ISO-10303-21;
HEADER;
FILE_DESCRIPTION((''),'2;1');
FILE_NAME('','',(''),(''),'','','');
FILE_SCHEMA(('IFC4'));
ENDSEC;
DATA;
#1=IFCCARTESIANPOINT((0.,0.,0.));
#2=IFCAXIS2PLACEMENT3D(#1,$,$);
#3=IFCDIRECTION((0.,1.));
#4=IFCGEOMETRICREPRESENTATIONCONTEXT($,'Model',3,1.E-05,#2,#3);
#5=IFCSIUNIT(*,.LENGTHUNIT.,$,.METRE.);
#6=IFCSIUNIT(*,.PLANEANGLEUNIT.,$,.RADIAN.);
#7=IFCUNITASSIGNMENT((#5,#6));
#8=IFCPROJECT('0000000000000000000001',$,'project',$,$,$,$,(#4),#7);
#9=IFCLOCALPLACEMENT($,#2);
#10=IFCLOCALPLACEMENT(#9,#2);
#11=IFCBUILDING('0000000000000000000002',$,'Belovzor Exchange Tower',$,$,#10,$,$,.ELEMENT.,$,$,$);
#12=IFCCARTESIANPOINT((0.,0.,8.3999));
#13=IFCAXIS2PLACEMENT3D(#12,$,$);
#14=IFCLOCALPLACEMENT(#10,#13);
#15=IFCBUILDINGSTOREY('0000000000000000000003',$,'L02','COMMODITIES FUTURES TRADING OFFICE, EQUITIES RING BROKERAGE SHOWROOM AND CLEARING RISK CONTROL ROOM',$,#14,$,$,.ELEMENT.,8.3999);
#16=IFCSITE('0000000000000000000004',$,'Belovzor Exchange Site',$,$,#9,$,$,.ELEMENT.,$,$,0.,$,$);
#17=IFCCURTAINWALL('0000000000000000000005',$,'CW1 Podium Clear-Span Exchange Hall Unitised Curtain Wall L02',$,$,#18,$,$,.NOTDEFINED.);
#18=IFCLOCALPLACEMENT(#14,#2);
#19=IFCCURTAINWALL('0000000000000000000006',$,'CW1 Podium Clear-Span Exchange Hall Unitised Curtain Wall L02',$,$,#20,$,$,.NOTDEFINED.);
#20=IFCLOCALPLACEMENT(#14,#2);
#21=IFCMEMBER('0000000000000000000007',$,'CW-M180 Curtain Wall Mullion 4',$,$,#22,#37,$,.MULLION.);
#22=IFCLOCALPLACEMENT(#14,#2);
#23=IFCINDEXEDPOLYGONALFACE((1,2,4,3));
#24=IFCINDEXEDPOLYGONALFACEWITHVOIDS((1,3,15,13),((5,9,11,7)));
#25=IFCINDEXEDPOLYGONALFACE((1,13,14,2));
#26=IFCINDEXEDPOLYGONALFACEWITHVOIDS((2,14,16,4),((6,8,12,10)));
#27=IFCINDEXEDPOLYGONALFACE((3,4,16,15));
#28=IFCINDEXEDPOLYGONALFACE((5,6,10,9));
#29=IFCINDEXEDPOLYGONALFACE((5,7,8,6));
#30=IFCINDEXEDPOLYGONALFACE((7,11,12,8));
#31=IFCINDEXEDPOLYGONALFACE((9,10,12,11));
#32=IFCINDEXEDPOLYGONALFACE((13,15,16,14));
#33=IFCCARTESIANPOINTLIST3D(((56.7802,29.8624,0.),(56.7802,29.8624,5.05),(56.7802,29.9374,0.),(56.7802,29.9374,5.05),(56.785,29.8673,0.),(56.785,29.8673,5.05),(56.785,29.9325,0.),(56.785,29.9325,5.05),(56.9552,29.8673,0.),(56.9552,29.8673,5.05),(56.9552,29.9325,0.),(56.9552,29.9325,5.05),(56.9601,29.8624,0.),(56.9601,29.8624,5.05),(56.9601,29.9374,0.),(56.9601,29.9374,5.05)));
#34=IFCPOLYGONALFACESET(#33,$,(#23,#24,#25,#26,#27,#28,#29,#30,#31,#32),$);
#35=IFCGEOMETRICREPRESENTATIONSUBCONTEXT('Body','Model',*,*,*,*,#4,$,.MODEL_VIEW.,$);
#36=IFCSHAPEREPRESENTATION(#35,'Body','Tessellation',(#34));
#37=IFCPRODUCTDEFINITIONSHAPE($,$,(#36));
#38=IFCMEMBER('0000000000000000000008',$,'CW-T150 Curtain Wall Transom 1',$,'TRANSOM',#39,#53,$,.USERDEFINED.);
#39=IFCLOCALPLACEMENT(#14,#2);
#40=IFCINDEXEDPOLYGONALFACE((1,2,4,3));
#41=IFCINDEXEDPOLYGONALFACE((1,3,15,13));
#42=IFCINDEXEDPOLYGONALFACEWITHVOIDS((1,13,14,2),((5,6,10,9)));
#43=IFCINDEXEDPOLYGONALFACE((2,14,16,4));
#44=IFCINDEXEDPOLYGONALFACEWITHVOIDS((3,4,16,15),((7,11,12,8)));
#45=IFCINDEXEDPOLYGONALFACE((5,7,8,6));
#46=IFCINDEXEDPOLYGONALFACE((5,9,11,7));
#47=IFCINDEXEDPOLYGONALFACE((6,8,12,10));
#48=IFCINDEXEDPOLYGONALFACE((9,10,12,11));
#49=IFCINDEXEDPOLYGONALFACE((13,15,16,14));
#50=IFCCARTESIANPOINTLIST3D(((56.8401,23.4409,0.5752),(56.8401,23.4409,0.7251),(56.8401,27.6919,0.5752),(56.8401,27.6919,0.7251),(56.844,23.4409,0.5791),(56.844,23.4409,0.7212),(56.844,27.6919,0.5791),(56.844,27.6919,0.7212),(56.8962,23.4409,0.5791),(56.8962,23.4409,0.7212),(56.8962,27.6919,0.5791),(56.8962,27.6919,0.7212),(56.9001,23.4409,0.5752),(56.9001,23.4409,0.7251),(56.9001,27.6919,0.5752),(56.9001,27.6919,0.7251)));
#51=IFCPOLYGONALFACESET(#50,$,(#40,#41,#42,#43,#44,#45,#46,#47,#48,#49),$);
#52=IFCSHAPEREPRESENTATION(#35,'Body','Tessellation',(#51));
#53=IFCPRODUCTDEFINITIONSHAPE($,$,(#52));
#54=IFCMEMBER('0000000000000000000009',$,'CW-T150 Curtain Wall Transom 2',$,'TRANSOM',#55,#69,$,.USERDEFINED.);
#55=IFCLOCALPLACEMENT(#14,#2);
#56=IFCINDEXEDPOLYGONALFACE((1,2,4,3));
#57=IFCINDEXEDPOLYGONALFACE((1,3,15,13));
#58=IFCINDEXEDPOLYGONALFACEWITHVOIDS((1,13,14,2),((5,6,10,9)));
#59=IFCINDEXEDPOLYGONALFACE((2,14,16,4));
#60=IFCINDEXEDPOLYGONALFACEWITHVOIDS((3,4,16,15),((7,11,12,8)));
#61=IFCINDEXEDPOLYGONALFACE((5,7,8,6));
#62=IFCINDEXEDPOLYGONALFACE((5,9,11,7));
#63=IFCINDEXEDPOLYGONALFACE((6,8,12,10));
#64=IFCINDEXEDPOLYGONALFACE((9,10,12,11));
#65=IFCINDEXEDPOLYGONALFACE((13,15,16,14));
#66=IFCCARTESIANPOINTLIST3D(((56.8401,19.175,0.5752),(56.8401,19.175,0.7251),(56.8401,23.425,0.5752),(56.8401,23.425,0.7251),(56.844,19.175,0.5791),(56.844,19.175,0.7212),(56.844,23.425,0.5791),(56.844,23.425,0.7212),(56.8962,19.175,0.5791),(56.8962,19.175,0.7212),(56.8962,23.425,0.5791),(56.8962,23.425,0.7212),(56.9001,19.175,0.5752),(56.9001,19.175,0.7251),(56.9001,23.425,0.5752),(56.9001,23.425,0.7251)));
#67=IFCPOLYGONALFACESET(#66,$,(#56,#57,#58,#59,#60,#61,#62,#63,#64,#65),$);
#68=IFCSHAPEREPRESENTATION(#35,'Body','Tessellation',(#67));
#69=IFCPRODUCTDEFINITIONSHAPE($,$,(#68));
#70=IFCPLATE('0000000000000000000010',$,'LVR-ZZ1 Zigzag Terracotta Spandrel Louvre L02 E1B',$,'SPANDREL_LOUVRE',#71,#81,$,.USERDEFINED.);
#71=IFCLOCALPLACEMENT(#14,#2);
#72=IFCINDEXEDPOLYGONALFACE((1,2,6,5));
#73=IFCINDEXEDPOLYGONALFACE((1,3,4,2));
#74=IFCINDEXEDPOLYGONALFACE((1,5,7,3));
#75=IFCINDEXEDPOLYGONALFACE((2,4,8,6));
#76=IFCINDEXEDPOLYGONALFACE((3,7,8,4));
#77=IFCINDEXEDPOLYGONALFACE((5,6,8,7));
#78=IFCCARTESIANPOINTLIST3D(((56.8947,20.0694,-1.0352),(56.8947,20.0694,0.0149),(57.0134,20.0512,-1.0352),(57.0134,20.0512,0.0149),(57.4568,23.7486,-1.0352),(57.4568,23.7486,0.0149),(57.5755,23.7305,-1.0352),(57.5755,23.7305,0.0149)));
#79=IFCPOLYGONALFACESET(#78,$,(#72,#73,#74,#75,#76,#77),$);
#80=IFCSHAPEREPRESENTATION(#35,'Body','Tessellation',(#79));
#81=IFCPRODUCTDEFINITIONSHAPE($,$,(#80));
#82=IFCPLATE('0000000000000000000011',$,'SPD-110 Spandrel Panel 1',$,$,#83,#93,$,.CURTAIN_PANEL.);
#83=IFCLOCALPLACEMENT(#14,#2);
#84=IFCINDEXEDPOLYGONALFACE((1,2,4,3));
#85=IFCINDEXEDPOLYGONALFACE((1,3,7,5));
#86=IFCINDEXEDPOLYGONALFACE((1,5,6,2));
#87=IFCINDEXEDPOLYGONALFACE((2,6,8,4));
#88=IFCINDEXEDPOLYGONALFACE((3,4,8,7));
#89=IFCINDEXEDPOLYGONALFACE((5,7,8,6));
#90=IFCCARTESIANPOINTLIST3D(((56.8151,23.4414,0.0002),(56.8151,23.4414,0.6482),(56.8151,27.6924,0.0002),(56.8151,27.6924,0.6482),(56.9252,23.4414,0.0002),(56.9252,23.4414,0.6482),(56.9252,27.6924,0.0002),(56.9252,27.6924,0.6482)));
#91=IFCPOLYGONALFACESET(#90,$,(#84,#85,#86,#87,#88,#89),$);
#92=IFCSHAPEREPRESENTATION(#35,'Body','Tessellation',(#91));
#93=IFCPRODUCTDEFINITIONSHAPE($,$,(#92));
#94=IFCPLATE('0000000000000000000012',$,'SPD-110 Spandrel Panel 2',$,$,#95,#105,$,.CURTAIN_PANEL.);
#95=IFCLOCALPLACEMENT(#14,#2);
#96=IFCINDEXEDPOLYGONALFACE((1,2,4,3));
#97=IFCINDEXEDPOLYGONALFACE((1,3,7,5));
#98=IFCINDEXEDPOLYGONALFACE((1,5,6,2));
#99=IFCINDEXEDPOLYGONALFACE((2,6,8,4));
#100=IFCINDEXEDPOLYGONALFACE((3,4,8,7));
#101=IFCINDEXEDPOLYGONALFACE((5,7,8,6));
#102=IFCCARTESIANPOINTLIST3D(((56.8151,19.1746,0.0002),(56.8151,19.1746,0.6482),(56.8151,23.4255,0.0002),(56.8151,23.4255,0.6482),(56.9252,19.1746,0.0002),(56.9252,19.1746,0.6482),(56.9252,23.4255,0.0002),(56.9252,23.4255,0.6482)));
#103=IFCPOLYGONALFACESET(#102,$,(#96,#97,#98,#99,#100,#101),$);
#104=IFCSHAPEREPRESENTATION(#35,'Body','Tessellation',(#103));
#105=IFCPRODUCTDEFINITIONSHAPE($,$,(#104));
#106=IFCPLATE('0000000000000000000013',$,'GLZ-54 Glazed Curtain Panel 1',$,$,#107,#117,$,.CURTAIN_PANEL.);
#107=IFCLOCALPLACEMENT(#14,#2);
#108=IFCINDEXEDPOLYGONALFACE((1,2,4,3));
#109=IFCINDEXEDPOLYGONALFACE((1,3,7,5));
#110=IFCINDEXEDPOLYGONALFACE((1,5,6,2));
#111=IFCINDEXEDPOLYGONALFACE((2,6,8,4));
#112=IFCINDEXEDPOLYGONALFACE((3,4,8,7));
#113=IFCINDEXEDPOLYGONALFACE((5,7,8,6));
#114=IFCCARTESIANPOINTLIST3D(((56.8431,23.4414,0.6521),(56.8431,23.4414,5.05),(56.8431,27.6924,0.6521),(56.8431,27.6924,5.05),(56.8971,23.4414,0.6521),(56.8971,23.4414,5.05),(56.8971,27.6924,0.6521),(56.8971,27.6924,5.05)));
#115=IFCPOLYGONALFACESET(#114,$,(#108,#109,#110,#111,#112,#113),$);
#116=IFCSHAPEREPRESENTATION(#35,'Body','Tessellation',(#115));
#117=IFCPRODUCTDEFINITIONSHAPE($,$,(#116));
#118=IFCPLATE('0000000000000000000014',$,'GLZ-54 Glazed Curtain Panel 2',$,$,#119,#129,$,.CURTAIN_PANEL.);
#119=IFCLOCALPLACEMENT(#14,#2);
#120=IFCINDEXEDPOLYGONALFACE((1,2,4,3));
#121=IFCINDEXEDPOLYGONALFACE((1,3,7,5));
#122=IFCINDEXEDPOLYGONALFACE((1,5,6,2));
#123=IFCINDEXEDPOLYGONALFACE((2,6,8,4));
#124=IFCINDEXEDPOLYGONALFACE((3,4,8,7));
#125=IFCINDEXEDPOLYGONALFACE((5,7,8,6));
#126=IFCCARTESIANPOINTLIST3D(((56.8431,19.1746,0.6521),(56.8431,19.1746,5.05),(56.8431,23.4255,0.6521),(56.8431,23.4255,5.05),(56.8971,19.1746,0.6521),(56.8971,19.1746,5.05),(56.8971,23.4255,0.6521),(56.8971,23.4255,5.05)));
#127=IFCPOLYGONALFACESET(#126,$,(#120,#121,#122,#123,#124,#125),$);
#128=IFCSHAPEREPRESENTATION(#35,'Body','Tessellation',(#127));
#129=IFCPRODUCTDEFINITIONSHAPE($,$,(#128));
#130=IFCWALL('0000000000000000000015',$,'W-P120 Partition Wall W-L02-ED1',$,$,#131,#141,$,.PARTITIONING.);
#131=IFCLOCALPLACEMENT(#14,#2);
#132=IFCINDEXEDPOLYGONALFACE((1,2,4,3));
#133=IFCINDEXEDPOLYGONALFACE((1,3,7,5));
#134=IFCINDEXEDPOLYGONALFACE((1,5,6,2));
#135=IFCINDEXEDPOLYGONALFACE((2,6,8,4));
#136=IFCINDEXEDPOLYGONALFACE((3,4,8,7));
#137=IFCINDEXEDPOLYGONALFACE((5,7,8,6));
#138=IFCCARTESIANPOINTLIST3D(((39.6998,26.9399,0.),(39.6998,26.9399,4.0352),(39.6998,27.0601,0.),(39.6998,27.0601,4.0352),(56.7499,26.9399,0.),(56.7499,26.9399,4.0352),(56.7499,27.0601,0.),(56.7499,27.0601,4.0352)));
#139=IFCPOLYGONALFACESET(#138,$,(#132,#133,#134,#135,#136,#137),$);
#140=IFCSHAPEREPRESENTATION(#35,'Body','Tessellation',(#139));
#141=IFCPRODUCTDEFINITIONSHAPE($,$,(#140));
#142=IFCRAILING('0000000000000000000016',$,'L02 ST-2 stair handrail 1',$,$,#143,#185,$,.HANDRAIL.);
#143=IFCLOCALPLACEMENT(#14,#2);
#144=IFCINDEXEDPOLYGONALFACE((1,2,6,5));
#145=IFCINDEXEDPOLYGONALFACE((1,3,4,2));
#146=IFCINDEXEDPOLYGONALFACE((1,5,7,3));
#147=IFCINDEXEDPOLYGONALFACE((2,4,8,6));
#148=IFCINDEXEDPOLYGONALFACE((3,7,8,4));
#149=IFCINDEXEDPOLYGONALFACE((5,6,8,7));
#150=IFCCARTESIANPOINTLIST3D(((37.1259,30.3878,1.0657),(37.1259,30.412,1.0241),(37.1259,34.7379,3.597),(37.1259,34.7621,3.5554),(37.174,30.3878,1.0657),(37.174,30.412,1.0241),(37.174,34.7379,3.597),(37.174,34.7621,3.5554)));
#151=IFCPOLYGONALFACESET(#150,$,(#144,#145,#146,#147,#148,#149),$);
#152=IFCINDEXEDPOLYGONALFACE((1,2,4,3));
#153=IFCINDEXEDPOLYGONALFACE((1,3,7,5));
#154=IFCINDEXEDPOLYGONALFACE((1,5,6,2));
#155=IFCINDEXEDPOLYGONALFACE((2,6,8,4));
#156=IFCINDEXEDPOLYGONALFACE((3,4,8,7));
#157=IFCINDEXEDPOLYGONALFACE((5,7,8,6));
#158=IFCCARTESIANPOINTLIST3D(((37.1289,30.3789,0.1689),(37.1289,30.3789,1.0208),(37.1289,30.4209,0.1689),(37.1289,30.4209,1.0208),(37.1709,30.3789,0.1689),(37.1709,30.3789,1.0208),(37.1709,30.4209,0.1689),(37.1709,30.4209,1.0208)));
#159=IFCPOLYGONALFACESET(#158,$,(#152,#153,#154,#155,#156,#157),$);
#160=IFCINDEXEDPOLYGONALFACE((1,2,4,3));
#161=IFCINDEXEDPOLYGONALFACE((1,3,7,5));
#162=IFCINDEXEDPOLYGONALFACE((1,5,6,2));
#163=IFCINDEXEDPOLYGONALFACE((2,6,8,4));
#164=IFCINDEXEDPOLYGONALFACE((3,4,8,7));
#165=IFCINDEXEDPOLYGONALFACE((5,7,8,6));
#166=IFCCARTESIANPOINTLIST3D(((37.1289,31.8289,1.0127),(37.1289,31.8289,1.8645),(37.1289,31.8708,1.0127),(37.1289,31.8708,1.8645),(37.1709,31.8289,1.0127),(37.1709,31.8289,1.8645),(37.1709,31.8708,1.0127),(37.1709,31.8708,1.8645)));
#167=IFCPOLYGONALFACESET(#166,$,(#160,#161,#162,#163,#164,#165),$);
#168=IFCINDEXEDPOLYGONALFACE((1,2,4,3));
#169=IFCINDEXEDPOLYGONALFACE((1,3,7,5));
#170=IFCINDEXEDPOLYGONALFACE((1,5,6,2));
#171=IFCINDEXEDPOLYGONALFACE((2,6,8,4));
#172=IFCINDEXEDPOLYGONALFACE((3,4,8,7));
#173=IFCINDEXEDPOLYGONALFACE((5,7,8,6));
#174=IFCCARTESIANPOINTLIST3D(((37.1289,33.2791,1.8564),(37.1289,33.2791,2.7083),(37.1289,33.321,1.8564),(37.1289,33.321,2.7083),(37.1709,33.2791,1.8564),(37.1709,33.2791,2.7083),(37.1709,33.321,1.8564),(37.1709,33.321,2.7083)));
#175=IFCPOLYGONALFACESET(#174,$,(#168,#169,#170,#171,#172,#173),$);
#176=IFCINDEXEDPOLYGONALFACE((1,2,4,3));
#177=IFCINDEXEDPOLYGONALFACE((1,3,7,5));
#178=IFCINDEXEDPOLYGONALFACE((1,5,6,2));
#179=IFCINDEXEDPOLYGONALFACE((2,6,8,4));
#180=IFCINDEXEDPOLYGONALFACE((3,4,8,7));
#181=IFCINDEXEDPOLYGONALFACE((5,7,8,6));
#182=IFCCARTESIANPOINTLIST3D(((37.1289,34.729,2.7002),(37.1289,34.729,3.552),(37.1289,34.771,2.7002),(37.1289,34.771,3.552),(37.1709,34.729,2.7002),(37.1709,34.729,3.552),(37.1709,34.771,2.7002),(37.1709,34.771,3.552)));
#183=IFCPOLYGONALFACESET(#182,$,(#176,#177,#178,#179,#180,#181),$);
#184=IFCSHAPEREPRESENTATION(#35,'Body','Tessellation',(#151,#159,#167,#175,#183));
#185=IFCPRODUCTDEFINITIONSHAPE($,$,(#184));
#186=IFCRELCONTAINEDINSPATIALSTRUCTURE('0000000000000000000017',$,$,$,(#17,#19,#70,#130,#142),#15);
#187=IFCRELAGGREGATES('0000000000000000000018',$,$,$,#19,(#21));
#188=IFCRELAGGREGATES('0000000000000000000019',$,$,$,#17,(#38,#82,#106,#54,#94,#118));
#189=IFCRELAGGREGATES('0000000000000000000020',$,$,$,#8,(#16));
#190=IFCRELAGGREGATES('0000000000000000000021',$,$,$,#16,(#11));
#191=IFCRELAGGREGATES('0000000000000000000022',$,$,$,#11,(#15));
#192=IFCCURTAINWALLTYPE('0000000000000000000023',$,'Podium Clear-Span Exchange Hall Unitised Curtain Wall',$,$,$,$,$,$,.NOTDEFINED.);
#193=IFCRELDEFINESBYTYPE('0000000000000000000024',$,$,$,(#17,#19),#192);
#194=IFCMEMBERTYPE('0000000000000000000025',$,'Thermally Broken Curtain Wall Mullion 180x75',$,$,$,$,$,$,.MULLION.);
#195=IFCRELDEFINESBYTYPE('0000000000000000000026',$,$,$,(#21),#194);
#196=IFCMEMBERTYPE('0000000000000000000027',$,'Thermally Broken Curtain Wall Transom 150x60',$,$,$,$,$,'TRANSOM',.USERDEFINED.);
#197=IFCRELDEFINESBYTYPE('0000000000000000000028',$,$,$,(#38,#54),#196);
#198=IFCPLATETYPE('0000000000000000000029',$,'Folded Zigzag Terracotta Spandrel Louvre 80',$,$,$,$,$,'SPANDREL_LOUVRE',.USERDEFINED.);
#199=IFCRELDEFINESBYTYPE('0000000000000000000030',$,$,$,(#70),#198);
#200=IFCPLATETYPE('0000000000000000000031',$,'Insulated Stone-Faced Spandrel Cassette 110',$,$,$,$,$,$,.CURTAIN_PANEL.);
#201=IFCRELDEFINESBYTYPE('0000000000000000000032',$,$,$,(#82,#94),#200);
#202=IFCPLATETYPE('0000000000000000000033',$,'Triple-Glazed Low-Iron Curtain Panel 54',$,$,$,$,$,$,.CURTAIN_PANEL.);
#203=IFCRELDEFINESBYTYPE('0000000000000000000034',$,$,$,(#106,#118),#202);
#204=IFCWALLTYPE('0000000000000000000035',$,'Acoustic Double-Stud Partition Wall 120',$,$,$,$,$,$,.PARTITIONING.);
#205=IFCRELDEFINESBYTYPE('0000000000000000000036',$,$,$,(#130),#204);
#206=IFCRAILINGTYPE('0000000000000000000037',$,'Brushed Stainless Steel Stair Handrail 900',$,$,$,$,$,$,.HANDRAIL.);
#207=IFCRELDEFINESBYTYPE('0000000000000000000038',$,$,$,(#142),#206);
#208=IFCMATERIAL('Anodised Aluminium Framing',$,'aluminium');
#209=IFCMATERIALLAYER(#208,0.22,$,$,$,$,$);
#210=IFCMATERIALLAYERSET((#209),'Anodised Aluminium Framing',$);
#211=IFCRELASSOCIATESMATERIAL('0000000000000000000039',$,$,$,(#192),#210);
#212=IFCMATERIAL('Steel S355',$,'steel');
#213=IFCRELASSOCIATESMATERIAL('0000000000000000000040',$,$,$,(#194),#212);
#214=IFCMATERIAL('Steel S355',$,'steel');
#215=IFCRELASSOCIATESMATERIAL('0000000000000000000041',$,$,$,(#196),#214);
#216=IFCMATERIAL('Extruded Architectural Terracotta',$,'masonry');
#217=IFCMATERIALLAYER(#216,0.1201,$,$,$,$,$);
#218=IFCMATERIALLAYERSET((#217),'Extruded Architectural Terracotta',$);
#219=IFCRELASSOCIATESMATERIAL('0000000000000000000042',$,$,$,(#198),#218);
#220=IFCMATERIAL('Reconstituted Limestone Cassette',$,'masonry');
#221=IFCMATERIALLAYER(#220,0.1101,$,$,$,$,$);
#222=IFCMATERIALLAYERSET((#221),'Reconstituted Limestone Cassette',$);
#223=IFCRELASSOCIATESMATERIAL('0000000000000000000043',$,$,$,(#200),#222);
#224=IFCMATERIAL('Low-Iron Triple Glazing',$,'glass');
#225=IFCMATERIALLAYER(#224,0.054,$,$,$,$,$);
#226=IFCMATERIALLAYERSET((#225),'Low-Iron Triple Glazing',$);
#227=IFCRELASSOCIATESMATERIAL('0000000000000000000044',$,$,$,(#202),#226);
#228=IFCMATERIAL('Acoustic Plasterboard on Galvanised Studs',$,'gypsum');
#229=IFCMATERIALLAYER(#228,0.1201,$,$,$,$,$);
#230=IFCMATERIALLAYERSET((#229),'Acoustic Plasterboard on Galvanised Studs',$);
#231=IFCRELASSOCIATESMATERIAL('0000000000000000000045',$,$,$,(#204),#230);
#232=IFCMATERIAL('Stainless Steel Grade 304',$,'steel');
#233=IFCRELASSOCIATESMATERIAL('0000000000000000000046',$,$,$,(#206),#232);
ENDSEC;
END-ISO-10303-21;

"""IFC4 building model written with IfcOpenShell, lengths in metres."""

from ifc_helpers import new_model, si_unit, direction, frame, frame_2d, origin, origin_2d, place, context, subcontext, project, spatial, rectangle, hollow_rectangle, extrude, material, layer, layer_set, material_profile, profile_set, type_object, element, aggregate, save


model = new_model("IFC4")

# Units and contexts
model_context = context("Model", 3, precision=1e-05, world=origin(), true_north=direction((0.0, 1.0)))
body_context = subcontext(model_context, "Body", "Model", "MODEL_VIEW")
ifc_project = project(units=[si_unit("LENGTHUNIT", "METRE"), si_unit("PLANEANGLEUNIT", "RADIAN")], contexts=[model_context])

# Site, building, storey
site_placement = place(None, origin())
site = spatial("IfcSite", under=ifc_project, at=site_placement, Name="Belovzor Exchange Site", CompositionType="ELEMENT", RefElevation=0.0)
building_placement = place(site_placement, origin())
building = spatial("IfcBuilding", under=site, at=building_placement, Name="Belovzor Exchange Tower", CompositionType="ELEMENT")
storey_placement = place(building_placement, frame((0.0, 0.0, 8.3999)))
storey = spatial("IfcBuildingStorey", under=building, at=storey_placement, Name="L02", Description="COMMODITIES FUTURES TRADING OFFICE, EQUITIES RING BROKERAGE SHOWROOM AND CLEARING RISK CONTROL ROOM", CompositionType="ELEMENT", Elevation=8.3999)

# Curtain wall
ifc_material_1 = material(Name="Anodised Aluminium Framing", Category="aluminium")
ifc_layer_1 = layer(ifc_material_1, 0.22)
ifc_layer_set_1 = layer_set([ifc_layer_1], Name="Anodised Aluminium Framing")
curtain_wall_type = type_object("IfcCurtainWallType", Name="Podium Clear-Span Exchange Hall Unitised Curtain Wall", PredefinedType="NOTDEFINED", material=ifc_layer_set_1)
curtain_wall_1_placement = place(storey_placement, origin())
curtain_wall_1 = element("IfcCurtainWall", 1, at=curtain_wall_1_placement, inside=storey, type_object=curtain_wall_type, Name="CW1 Podium Clear-Span Exchange Hall Unitised Curtain Wall L02", PredefinedType="NOTDEFINED")
ifc_material_2 = material(Name="Steel S355", Category="steel")
ifc_material_profile_1 = material_profile(ifc_material_2, hollow_rectangle(XDim=0.075, YDim=0.1799, WallThickness=0.0049, at=origin_2d()))
ifc_profile_set_1 = profile_set([ifc_material_profile_1], Name="Steel S355")
member_type_1 = type_object("IfcMemberType", Name="Thermally Broken Curtain Wall Mullion 180x75", PredefinedType="MULLION", material=ifc_profile_set_1)

# Curtain wall, member
curtain_wall_2_placement = place(storey_placement, origin())
curtain_wall_2 = element("IfcCurtainWall", 2, at=curtain_wall_2_placement, inside=storey, type_object=curtain_wall_type, Name="CW1 Podium Clear-Span Exchange Hall Unitised Curtain Wall L02", PredefinedType="NOTDEFINED")
member_1_placement = place(storey_placement, frame((56.8701, 29.8999, 0.0), z_axis=(0.0, 0.0, 1.0), x_axis=(0.0, -1.0, 0.0)))
member_1 = element("IfcMember", 3, at=member_1_placement, type_object=member_type_1, Name="CW-M180 Curtain Wall Mullion 4", PredefinedType="MULLION", context=body_context, shape_type="SweptSolid", body=[
    extrude(hollow_rectangle(XDim=0.075, YDim=0.1799, WallThickness=0.0049, at=origin_2d()), origin(), (0.0, 0.0, 1.0), 5.05),
])
aggregate(curtain_wall_2, [member_1])

# Members
ifc_material_3 = material(Name="Steel S355", Category="steel")
ifc_material_profile_2 = material_profile(ifc_material_3, hollow_rectangle(XDim=0.0601, YDim=0.1499, WallThickness=0.0039, at=origin_2d()))
ifc_profile_set_2 = profile_set([ifc_material_profile_2], Name="Steel S355")
member_type_2 = type_object("IfcMemberType", Name="Thermally Broken Curtain Wall Transom 150x60", ElementType="TRANSOM", PredefinedType="USERDEFINED", material=ifc_profile_set_2)
member_2_placement = place(storey_placement, frame((56.8701, 27.6919, 0.6501), z_axis=(0.0, -1.0, 0.0), x_axis=(1.0, 0.0, 0.0)))
member_2 = element("IfcMember", 4, at=member_2_placement, type_object=member_type_2, Name="CW-T150 Curtain Wall Transom 1", ObjectType="TRANSOM", PredefinedType="USERDEFINED", context=body_context, shape_type="SweptSolid", body=[
    extrude(hollow_rectangle(XDim=0.0601, YDim=0.1499, WallThickness=0.0039, at=origin_2d()), origin(), (0.0, 0.0, 1.0), 4.251),
])
member_3_placement = place(storey_placement, frame((56.8701, 23.425, 0.6501), z_axis=(0.0, -1.0, 0.0), x_axis=(1.0, 0.0, 0.0)))
member_3 = element("IfcMember", 5, at=member_3_placement, type_object=member_type_2, Name="CW-T150 Curtain Wall Transom 2", ObjectType="TRANSOM", PredefinedType="USERDEFINED", context=body_context, shape_type="SweptSolid", body=[
    extrude(hollow_rectangle(XDim=0.0601, YDim=0.1499, WallThickness=0.0039, at=origin_2d()), origin(), (0.0, 0.0, 1.0), 4.25),
])

# Plates
ifc_material_4 = material(Name="Extruded Architectural Terracotta", Category="masonry")
ifc_layer_2 = layer(ifc_material_4, 0.1201)
ifc_layer_set_2 = layer_set([ifc_layer_2], Name="Extruded Architectural Terracotta")
plate_type_1 = type_object("IfcPlateType", Name="Folded Zigzag Terracotta Spandrel Louvre 80", ElementType="SPANDREL_LOUVRE", PredefinedType="USERDEFINED", material=ifc_layer_set_2)
plate_1_placement = place(storey_placement, frame((57.2351, 21.8999, -1.0352), z_axis=(0.0, 0.0, 1.0), x_axis=(0.151019, 0.988531, 0.0)))
element("IfcPlate", 6, at=plate_1_placement, inside=storey, type_object=plate_type_1, Name="LVR-ZZ1 Zigzag Terracotta Spandrel Louvre L02 E1B", ObjectType="SPANDREL_LOUVRE", PredefinedType="USERDEFINED", context=body_context, shape_type="SweptSolid", body=[
    extrude(rectangle(XDim=3.7219, YDim=0.1201, at=origin_2d()), origin(), (0.0, 0.0, 1.0), 1.05),
])
ifc_material_5 = material(Name="Reconstituted Limestone Cassette", Category="masonry")
ifc_layer_3 = layer(ifc_material_5, 0.1101)
ifc_layer_set_3 = layer_set([ifc_layer_3], Name="Reconstituted Limestone Cassette")
plate_type_2 = type_object("IfcPlateType", Name="Insulated Stone-Faced Spandrel Cassette 110", PredefinedType="CURTAIN_PANEL", material=ifc_layer_set_3)
plate_2_placement = place(storey_placement, frame((56.8701, 25.5669, 0.0002), z_axis=(0.0, 0.0, 1.0), x_axis=(0.0, -1.0, 0.0)))
plate_2 = element("IfcPlate", 7, at=plate_2_placement, type_object=plate_type_2, Name="SPD-110 Spandrel Panel 1", PredefinedType="CURTAIN_PANEL", context=body_context, shape_type="SweptSolid", body=[
    extrude(rectangle(XDim=4.251, YDim=0.1101, at=origin_2d()), origin(), (0.0, 0.0, 1.0), 0.6479),
])
plate_3_placement = place(storey_placement, frame((56.8701, 21.3, 0.0002), z_axis=(0.0, 0.0, 1.0), x_axis=(0.0, -1.0, 0.0)))
plate_3 = element("IfcPlate", 8, at=plate_3_placement, type_object=plate_type_2, Name="SPD-110 Spandrel Panel 2", PredefinedType="CURTAIN_PANEL", context=body_context, shape_type="SweptSolid", body=[
    extrude(rectangle(XDim=4.251, YDim=0.1101, at=origin_2d()), origin(), (0.0, 0.0, 1.0), 0.6479),
])
ifc_material_6 = material(Name="Low-Iron Triple Glazing", Category="glass")
ifc_layer_4 = layer(ifc_material_6, 0.054)
ifc_layer_set_4 = layer_set([ifc_layer_4], Name="Low-Iron Triple Glazing")
plate_type_3 = type_object("IfcPlateType", Name="Triple-Glazed Low-Iron Curtain Panel 54", PredefinedType="CURTAIN_PANEL", material=ifc_layer_set_4)
plate_4_placement = place(storey_placement, frame((56.8701, 25.5669, 0.6521), z_axis=(0.0, 0.0, 1.0), x_axis=(0.0, -1.0, 0.0)))
plate_4 = element("IfcPlate", 9, at=plate_4_placement, type_object=plate_type_3, Name="GLZ-54 Glazed Curtain Panel 1", PredefinedType="CURTAIN_PANEL", context=body_context, shape_type="SweptSolid", body=[
    extrude(rectangle(XDim=4.251, YDim=0.054, at=origin_2d()), origin(), (0.0, 0.0, 1.0), 4.3979),
])
plate_5_placement = place(storey_placement, frame((56.8701, 21.3, 0.6521), z_axis=(0.0, 0.0, 1.0), x_axis=(0.0, -1.0, 0.0)))
plate_5 = element("IfcPlate", 10, at=plate_5_placement, type_object=plate_type_3, Name="GLZ-54 Glazed Curtain Panel 2", PredefinedType="CURTAIN_PANEL", context=body_context, shape_type="SweptSolid", body=[
    extrude(rectangle(XDim=4.251, YDim=0.054, at=origin_2d()), origin(), (0.0, 0.0, 1.0), 4.3979),
])
aggregate(curtain_wall_1, [member_2, plate_2, plate_4, member_3, plate_3, plate_5])

# Wall
ifc_material_7 = material(Name="Acoustic Plasterboard on Galvanised Studs", Category="gypsum")
ifc_layer_5 = layer(ifc_material_7, 0.1201)
ifc_layer_set_5 = layer_set([ifc_layer_5], Name="Acoustic Plasterboard on Galvanised Studs")
wall_type_1 = type_object("IfcWallType", Name="Acoustic Double-Stud Partition Wall 120", PredefinedType="PARTITIONING", material=ifc_layer_set_5)
wall_1_placement = place(storey_placement, frame((39.7, 27.0, 0.0), z_axis=(0.0, 0.0, 1.0), x_axis=(1.0, 0.0, 0.0)))
element("IfcWall", 11, at=wall_1_placement, inside=storey, type_object=wall_type_1, Name="W-P120 Partition Wall W-L02-ED1", PredefinedType="PARTITIONING", context=body_context, shape_type="SweptSolid", body=[
    extrude(rectangle(XDim=17.05, YDim=0.1201, at=frame_2d((8.5249, 0.0))), origin(), (0.0, 0.0, 1.0), 4.0352),
])

# Railing
ifc_material_8 = material(Name="Stainless Steel Grade 304", Category="steel")
railing_type = type_object("IfcRailingType", Name="Brushed Stainless Steel Stair Handrail 900", PredefinedType="HANDRAIL", material=ifc_material_8)
railing_placement = place(storey_placement, frame((37.1499, 30.3999, 0.1689)))
element("IfcRailing", 12, at=railing_placement, inside=storey, type_object=railing_type, Name="L02 ST-2 stair handrail 1", PredefinedType="HANDRAIL", context=body_context, shape_type="SweptSolid", body=[
    extrude(rectangle(XDim=0.0481, YDim=0.0481, at=origin_2d()), frame((0.0, 0.0, 0.876), z_axis=(0.0, 0.864324, 0.502936), x_axis=(-1.0, 0.0, 0.0)), (0.0, 0.0, 1.0), 5.033),
    extrude(rectangle(XDim=0.042, YDim=0.042, at=origin_2d()), origin(), (0.0, 0.0, 1.0), 0.8518),
    extrude(rectangle(XDim=0.042, YDim=0.042, at=origin_2d()), frame((0.0, 1.45, 0.8438)), (0.0, 0.0, 1.0), 0.8518),
    extrude(rectangle(XDim=0.042, YDim=0.042, at=origin_2d()), frame((0.0, 2.9001, 1.6875)), (0.0, 0.0, 1.0), 0.8518),
    extrude(rectangle(XDim=0.042, YDim=0.042, at=origin_2d()), frame((0.0, 4.3501, 2.5312)), (0.0, 0.0, 1.0), 0.8518),
])

save(model, "model.ifc")
